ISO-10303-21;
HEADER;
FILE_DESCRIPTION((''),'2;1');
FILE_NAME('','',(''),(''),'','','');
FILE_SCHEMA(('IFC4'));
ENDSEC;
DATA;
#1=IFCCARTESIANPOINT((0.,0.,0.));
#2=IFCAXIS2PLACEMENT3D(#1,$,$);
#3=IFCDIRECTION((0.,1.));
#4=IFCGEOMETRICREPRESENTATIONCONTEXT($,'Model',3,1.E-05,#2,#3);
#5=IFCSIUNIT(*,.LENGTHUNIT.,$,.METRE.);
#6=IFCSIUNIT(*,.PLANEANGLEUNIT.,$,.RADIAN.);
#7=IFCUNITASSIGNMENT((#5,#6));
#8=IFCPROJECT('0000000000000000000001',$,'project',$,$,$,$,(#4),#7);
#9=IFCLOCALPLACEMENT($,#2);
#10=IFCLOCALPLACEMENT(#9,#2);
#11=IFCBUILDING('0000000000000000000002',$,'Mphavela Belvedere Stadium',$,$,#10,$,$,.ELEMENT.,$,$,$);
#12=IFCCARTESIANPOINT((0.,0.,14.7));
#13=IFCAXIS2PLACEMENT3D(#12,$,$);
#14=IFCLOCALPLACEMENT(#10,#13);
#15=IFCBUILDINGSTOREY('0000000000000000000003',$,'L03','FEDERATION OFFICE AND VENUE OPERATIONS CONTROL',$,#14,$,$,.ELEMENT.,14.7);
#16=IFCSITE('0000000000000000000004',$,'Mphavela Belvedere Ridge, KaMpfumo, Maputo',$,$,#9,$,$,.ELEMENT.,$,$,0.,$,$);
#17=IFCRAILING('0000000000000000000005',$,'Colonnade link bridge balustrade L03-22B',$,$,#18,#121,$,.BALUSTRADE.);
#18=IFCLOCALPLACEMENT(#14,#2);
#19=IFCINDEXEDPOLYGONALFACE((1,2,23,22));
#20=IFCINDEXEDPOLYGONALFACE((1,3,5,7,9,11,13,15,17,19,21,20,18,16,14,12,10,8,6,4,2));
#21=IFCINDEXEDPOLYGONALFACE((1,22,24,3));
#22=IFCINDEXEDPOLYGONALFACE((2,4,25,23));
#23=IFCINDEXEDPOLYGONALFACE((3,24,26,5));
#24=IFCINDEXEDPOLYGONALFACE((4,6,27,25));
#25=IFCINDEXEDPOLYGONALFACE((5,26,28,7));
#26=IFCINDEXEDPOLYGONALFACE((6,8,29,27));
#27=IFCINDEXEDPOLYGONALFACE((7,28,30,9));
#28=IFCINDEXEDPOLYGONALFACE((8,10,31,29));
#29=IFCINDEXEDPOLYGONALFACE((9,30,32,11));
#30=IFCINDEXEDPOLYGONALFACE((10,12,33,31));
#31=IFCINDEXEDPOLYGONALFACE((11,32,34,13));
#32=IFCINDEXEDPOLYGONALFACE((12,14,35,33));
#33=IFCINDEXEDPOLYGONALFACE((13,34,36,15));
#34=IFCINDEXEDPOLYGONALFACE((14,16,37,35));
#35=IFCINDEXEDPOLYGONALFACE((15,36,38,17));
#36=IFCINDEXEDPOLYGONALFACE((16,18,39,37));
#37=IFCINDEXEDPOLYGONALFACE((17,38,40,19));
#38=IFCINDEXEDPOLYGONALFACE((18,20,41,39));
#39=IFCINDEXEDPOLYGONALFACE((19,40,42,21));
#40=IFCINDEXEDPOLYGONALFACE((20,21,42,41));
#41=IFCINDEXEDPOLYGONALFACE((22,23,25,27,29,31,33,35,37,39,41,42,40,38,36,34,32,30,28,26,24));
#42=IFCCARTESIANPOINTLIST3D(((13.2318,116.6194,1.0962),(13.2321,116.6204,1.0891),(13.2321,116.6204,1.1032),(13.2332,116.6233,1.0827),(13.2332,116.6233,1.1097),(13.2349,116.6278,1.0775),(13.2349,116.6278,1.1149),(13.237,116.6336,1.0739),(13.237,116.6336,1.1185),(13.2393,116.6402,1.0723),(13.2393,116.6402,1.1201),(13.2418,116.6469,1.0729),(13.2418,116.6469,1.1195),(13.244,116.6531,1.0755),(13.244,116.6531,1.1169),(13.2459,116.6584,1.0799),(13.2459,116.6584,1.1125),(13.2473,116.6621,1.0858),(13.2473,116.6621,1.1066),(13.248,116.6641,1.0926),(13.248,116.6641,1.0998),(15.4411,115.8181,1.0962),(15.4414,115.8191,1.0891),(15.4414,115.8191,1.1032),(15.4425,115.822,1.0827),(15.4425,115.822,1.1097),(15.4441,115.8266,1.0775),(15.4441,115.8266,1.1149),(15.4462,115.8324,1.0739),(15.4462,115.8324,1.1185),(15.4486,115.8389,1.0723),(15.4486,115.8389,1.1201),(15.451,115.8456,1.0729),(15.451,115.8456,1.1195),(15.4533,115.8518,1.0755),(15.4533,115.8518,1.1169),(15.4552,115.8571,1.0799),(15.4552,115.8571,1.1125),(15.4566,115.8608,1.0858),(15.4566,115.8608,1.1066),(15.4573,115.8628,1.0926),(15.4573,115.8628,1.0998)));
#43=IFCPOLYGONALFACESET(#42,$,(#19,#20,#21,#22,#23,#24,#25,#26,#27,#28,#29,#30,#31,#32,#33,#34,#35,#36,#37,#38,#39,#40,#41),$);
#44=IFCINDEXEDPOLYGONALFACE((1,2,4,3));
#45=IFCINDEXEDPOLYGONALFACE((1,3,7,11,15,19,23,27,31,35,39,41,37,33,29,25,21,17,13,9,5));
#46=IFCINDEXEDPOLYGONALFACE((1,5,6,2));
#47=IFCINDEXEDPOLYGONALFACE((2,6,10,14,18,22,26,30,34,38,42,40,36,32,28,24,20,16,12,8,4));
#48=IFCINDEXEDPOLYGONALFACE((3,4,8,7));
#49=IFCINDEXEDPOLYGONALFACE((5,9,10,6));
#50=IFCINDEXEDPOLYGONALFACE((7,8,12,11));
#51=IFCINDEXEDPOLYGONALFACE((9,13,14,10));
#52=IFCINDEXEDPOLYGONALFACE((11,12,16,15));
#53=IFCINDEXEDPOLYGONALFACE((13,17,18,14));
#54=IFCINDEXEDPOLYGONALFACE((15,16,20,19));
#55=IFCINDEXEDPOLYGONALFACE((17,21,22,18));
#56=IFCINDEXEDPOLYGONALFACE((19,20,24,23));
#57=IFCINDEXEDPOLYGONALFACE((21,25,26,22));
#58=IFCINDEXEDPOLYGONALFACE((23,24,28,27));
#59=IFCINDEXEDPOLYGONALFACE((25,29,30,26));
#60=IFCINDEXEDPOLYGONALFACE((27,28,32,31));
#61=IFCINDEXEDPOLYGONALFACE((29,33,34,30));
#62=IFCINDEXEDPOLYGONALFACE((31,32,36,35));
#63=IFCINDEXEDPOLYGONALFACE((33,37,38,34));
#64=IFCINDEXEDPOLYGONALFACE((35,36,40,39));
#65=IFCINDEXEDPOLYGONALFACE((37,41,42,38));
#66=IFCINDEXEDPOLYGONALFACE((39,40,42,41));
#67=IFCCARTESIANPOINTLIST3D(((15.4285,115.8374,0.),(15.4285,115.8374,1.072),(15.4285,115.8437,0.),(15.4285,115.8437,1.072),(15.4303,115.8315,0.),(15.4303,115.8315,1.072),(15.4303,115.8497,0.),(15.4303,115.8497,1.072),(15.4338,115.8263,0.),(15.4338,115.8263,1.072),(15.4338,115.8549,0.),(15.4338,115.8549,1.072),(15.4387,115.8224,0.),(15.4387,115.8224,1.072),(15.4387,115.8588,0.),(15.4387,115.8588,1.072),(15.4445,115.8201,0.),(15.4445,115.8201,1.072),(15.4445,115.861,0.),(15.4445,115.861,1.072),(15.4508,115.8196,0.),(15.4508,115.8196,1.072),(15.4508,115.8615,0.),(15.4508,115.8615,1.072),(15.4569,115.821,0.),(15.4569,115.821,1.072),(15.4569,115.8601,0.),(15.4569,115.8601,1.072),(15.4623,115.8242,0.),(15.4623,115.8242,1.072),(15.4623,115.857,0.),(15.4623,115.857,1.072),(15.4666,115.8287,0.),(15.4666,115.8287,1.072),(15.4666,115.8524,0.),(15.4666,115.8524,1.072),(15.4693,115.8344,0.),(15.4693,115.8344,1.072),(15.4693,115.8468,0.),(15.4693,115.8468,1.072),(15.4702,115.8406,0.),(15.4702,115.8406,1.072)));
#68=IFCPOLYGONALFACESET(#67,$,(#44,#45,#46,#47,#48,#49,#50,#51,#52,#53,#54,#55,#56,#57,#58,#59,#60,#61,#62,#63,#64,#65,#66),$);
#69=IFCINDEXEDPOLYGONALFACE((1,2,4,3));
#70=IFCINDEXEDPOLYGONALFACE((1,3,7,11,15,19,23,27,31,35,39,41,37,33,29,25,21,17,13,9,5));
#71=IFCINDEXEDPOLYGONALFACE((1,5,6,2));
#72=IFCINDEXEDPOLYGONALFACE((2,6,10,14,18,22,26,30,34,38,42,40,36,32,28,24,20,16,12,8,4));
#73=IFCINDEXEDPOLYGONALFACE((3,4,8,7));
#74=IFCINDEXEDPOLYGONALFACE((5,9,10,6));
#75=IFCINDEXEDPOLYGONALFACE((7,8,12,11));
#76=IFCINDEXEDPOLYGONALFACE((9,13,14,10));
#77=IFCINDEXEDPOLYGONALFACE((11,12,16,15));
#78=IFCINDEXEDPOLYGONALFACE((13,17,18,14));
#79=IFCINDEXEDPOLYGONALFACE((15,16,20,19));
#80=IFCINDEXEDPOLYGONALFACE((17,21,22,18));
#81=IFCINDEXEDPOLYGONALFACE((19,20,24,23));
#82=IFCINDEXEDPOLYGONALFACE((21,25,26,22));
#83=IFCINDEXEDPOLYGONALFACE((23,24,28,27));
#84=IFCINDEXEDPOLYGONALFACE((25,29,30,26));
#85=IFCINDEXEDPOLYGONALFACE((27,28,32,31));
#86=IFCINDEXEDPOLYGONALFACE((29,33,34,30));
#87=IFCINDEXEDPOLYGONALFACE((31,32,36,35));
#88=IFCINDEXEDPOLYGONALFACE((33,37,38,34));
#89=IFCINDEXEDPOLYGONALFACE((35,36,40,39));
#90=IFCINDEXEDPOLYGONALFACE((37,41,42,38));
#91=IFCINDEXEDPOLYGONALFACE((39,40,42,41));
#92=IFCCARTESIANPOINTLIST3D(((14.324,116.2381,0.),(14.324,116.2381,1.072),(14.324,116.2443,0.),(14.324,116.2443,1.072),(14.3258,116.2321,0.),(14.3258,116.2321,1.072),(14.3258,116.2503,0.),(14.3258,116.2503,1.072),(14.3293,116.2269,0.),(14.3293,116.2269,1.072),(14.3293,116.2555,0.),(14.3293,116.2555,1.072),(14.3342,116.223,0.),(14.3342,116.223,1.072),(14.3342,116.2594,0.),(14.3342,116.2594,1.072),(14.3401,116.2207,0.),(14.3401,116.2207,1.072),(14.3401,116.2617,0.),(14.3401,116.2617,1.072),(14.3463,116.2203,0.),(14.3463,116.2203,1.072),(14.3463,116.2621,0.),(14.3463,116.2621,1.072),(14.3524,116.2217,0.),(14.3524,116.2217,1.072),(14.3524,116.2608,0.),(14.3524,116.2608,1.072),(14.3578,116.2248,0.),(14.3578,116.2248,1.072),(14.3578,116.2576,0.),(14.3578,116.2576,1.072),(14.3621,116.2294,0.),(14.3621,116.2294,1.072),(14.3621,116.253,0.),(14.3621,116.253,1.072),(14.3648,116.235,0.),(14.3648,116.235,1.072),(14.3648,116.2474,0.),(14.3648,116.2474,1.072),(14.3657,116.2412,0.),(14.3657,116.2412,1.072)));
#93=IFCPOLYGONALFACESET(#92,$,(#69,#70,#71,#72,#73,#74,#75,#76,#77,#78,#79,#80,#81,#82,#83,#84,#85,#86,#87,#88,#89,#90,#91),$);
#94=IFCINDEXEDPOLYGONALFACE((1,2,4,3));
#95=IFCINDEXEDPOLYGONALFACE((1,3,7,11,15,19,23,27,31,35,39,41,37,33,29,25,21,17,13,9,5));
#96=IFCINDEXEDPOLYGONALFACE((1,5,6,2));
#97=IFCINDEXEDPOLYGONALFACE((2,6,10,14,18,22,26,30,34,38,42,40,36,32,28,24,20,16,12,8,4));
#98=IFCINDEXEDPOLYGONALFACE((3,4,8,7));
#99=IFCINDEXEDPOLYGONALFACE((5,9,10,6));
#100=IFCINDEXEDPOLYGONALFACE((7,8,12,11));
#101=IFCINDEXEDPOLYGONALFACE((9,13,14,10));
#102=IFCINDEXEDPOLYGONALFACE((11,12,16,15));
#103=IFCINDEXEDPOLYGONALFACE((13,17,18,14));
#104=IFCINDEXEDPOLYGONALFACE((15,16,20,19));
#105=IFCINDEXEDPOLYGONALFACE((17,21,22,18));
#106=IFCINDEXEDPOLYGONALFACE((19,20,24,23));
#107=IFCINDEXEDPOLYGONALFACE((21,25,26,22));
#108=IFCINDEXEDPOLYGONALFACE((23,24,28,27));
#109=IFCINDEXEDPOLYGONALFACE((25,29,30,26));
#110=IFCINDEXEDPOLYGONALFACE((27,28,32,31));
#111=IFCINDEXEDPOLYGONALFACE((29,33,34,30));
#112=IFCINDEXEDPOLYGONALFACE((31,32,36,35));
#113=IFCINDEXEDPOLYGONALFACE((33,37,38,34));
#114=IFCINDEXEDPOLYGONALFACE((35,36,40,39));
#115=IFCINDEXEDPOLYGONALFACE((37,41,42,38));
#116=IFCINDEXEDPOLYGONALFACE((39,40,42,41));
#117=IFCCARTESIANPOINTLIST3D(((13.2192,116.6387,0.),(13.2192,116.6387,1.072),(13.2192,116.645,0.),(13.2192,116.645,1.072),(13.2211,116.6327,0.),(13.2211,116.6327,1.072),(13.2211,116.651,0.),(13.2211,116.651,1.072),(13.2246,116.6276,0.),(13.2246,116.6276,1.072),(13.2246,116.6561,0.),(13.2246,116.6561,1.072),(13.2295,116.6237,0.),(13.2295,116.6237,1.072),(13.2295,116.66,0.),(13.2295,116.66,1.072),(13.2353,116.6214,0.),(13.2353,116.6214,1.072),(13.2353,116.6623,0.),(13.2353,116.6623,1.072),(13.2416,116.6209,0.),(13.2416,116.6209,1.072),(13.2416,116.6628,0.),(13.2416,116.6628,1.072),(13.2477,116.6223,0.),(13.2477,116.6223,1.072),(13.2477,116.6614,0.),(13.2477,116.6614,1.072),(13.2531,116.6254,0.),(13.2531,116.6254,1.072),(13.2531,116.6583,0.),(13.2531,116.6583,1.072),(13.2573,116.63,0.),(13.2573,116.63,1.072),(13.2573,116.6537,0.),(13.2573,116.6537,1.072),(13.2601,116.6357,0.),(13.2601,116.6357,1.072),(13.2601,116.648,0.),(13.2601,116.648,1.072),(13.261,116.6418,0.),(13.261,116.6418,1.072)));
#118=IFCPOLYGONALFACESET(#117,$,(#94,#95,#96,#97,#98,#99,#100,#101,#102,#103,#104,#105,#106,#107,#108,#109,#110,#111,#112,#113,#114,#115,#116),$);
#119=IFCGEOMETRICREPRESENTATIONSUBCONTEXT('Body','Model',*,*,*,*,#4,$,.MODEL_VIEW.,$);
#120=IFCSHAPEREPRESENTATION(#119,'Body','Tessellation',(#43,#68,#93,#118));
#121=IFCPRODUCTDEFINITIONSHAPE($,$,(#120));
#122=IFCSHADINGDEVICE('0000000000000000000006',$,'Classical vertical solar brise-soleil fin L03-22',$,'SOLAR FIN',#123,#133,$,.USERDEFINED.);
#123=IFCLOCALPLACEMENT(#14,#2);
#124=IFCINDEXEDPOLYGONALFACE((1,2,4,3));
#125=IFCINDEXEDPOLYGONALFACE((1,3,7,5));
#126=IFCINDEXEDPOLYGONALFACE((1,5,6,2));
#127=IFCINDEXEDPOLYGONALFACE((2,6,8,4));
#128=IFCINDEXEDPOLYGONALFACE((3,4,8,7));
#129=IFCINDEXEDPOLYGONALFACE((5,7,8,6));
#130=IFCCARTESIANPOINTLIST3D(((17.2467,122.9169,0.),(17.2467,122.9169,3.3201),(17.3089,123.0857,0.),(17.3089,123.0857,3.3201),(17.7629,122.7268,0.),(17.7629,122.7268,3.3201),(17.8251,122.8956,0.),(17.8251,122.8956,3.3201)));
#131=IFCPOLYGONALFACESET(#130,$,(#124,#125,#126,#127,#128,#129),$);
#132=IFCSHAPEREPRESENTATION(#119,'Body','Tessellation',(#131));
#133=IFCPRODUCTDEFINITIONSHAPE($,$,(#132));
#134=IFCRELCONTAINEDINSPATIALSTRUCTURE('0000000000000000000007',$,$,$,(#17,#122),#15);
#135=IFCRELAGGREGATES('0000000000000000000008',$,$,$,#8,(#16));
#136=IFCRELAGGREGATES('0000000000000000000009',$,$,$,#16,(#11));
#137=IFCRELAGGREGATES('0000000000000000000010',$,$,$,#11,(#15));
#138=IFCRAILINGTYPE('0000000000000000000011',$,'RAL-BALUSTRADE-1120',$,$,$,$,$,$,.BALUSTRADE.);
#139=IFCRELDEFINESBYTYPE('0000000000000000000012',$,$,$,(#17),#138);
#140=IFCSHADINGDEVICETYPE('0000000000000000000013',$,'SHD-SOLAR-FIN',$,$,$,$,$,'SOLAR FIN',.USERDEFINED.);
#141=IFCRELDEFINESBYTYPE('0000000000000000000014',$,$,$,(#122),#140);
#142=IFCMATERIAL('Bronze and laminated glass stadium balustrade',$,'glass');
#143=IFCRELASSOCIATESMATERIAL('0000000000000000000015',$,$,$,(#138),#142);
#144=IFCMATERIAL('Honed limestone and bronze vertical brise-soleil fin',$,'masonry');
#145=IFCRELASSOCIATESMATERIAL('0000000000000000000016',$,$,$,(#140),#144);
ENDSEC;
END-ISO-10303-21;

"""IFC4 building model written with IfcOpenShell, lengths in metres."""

from ifc_helpers import new_model, si_unit, direction, frame, origin, origin_2d, place, context, subcontext, project, spatial, rectangle, circle, extrude, material, type_object, element, save


model = new_model("IFC4")

# Units and contexts
model_context = context("Model", 3, precision=1e-05, world=origin(), true_north=direction((0.0, 1.0)))
body_context = subcontext(model_context, "Body", "Model", "MODEL_VIEW")
ifc_project = project(units=[si_unit("LENGTHUNIT", "METRE"), si_unit("PLANEANGLEUNIT", "RADIAN")], contexts=[model_context])

# Site, building, storey
site_placement = place(None, origin())
site = spatial("IfcSite", under=ifc_project, at=site_placement, Name="Mphavela Belvedere Ridge, KaMpfumo, Maputo", CompositionType="ELEMENT", RefElevation=0.0)
building_placement = place(site_placement, origin())
building = spatial("IfcBuilding", under=site, at=building_placement, Name="Mphavela Belvedere Stadium", CompositionType="ELEMENT")
storey_placement = place(building_placement, frame((0.0, 0.0, 14.7)))
storey = spatial("IfcBuildingStorey", under=building, at=storey_placement, Name="L03", Description="FEDERATION OFFICE AND VENUE OPERATIONS CONTROL", CompositionType="ELEMENT", Elevation=14.7)

# Railing
ifc_material_1 = material(Name="Bronze and laminated glass stadium balustrade", Category="glass")
railing_type = type_object("IfcRailingType", Name="RAL-BALUSTRADE-1120", PredefinedType="BALUSTRADE", material=ifc_material_1)
railing_1_placement = place(storey_placement, frame((15.4492, 115.8406, 0.0)))
element("IfcRailing", 1, at=railing_1_placement, inside=storey, type_object=railing_type, Name="Colonnade link bridge balustrade L03-22B", PredefinedType="BALUSTRADE", context=body_context, shape_type="SweptSolid", body=[
    extrude(circle(Radius=0.0239, at=origin_2d()), frame((0.0, 0.0, 1.0962), z_axis=(-0.940078, 0.340959, 0.0), x_axis=(-0.340959, -0.940078, 0.0)), (0.0, 0.0, 1.0), 2.3501),
    extrude(circle(Radius=0.021, at=origin_2d()), origin(), (0.0, 0.0, 1.0), 1.072),
    extrude(circle(Radius=0.021, at=origin_2d()), frame((-1.1045, 0.4006, 0.0)), (0.0, 0.0, 1.0), 1.072),
    extrude(circle(Radius=0.021, at=origin_2d()), frame((-2.2092, 0.8013, 0.0)), (0.0, 0.0, 1.0), 1.072),
])

# Shading device
ifc_material_2 = material(Name="Honed limestone and bronze vertical brise-soleil fin", Category="masonry")
shading_device_type = type_object("IfcShadingDeviceType", Name="SHD-SOLAR-FIN", ElementType="SOLAR FIN", PredefinedType="USERDEFINED", material=ifc_material_2)
shading_device_placement = place(storey_placement, frame((17.5359, 122.9062, 0.0), z_axis=(0.0, 0.0, 1.0), x_axis=(-0.938372, 0.345626, 0.0)))
element("IfcShadingDevice", 2, at=shading_device_placement, inside=storey, type_object=shading_device_type, Name="Classical vertical solar brise-soleil fin L03-22", ObjectType="SOLAR FIN", PredefinedType="USERDEFINED", context=body_context, shape_type="SweptSolid", body=[
    extrude(rectangle(XDim=0.55, YDim=0.1799, at=origin_2d()), origin(), (0.0, 0.0, 1.0), 3.3201),
])

save(model, "model.ifc")
